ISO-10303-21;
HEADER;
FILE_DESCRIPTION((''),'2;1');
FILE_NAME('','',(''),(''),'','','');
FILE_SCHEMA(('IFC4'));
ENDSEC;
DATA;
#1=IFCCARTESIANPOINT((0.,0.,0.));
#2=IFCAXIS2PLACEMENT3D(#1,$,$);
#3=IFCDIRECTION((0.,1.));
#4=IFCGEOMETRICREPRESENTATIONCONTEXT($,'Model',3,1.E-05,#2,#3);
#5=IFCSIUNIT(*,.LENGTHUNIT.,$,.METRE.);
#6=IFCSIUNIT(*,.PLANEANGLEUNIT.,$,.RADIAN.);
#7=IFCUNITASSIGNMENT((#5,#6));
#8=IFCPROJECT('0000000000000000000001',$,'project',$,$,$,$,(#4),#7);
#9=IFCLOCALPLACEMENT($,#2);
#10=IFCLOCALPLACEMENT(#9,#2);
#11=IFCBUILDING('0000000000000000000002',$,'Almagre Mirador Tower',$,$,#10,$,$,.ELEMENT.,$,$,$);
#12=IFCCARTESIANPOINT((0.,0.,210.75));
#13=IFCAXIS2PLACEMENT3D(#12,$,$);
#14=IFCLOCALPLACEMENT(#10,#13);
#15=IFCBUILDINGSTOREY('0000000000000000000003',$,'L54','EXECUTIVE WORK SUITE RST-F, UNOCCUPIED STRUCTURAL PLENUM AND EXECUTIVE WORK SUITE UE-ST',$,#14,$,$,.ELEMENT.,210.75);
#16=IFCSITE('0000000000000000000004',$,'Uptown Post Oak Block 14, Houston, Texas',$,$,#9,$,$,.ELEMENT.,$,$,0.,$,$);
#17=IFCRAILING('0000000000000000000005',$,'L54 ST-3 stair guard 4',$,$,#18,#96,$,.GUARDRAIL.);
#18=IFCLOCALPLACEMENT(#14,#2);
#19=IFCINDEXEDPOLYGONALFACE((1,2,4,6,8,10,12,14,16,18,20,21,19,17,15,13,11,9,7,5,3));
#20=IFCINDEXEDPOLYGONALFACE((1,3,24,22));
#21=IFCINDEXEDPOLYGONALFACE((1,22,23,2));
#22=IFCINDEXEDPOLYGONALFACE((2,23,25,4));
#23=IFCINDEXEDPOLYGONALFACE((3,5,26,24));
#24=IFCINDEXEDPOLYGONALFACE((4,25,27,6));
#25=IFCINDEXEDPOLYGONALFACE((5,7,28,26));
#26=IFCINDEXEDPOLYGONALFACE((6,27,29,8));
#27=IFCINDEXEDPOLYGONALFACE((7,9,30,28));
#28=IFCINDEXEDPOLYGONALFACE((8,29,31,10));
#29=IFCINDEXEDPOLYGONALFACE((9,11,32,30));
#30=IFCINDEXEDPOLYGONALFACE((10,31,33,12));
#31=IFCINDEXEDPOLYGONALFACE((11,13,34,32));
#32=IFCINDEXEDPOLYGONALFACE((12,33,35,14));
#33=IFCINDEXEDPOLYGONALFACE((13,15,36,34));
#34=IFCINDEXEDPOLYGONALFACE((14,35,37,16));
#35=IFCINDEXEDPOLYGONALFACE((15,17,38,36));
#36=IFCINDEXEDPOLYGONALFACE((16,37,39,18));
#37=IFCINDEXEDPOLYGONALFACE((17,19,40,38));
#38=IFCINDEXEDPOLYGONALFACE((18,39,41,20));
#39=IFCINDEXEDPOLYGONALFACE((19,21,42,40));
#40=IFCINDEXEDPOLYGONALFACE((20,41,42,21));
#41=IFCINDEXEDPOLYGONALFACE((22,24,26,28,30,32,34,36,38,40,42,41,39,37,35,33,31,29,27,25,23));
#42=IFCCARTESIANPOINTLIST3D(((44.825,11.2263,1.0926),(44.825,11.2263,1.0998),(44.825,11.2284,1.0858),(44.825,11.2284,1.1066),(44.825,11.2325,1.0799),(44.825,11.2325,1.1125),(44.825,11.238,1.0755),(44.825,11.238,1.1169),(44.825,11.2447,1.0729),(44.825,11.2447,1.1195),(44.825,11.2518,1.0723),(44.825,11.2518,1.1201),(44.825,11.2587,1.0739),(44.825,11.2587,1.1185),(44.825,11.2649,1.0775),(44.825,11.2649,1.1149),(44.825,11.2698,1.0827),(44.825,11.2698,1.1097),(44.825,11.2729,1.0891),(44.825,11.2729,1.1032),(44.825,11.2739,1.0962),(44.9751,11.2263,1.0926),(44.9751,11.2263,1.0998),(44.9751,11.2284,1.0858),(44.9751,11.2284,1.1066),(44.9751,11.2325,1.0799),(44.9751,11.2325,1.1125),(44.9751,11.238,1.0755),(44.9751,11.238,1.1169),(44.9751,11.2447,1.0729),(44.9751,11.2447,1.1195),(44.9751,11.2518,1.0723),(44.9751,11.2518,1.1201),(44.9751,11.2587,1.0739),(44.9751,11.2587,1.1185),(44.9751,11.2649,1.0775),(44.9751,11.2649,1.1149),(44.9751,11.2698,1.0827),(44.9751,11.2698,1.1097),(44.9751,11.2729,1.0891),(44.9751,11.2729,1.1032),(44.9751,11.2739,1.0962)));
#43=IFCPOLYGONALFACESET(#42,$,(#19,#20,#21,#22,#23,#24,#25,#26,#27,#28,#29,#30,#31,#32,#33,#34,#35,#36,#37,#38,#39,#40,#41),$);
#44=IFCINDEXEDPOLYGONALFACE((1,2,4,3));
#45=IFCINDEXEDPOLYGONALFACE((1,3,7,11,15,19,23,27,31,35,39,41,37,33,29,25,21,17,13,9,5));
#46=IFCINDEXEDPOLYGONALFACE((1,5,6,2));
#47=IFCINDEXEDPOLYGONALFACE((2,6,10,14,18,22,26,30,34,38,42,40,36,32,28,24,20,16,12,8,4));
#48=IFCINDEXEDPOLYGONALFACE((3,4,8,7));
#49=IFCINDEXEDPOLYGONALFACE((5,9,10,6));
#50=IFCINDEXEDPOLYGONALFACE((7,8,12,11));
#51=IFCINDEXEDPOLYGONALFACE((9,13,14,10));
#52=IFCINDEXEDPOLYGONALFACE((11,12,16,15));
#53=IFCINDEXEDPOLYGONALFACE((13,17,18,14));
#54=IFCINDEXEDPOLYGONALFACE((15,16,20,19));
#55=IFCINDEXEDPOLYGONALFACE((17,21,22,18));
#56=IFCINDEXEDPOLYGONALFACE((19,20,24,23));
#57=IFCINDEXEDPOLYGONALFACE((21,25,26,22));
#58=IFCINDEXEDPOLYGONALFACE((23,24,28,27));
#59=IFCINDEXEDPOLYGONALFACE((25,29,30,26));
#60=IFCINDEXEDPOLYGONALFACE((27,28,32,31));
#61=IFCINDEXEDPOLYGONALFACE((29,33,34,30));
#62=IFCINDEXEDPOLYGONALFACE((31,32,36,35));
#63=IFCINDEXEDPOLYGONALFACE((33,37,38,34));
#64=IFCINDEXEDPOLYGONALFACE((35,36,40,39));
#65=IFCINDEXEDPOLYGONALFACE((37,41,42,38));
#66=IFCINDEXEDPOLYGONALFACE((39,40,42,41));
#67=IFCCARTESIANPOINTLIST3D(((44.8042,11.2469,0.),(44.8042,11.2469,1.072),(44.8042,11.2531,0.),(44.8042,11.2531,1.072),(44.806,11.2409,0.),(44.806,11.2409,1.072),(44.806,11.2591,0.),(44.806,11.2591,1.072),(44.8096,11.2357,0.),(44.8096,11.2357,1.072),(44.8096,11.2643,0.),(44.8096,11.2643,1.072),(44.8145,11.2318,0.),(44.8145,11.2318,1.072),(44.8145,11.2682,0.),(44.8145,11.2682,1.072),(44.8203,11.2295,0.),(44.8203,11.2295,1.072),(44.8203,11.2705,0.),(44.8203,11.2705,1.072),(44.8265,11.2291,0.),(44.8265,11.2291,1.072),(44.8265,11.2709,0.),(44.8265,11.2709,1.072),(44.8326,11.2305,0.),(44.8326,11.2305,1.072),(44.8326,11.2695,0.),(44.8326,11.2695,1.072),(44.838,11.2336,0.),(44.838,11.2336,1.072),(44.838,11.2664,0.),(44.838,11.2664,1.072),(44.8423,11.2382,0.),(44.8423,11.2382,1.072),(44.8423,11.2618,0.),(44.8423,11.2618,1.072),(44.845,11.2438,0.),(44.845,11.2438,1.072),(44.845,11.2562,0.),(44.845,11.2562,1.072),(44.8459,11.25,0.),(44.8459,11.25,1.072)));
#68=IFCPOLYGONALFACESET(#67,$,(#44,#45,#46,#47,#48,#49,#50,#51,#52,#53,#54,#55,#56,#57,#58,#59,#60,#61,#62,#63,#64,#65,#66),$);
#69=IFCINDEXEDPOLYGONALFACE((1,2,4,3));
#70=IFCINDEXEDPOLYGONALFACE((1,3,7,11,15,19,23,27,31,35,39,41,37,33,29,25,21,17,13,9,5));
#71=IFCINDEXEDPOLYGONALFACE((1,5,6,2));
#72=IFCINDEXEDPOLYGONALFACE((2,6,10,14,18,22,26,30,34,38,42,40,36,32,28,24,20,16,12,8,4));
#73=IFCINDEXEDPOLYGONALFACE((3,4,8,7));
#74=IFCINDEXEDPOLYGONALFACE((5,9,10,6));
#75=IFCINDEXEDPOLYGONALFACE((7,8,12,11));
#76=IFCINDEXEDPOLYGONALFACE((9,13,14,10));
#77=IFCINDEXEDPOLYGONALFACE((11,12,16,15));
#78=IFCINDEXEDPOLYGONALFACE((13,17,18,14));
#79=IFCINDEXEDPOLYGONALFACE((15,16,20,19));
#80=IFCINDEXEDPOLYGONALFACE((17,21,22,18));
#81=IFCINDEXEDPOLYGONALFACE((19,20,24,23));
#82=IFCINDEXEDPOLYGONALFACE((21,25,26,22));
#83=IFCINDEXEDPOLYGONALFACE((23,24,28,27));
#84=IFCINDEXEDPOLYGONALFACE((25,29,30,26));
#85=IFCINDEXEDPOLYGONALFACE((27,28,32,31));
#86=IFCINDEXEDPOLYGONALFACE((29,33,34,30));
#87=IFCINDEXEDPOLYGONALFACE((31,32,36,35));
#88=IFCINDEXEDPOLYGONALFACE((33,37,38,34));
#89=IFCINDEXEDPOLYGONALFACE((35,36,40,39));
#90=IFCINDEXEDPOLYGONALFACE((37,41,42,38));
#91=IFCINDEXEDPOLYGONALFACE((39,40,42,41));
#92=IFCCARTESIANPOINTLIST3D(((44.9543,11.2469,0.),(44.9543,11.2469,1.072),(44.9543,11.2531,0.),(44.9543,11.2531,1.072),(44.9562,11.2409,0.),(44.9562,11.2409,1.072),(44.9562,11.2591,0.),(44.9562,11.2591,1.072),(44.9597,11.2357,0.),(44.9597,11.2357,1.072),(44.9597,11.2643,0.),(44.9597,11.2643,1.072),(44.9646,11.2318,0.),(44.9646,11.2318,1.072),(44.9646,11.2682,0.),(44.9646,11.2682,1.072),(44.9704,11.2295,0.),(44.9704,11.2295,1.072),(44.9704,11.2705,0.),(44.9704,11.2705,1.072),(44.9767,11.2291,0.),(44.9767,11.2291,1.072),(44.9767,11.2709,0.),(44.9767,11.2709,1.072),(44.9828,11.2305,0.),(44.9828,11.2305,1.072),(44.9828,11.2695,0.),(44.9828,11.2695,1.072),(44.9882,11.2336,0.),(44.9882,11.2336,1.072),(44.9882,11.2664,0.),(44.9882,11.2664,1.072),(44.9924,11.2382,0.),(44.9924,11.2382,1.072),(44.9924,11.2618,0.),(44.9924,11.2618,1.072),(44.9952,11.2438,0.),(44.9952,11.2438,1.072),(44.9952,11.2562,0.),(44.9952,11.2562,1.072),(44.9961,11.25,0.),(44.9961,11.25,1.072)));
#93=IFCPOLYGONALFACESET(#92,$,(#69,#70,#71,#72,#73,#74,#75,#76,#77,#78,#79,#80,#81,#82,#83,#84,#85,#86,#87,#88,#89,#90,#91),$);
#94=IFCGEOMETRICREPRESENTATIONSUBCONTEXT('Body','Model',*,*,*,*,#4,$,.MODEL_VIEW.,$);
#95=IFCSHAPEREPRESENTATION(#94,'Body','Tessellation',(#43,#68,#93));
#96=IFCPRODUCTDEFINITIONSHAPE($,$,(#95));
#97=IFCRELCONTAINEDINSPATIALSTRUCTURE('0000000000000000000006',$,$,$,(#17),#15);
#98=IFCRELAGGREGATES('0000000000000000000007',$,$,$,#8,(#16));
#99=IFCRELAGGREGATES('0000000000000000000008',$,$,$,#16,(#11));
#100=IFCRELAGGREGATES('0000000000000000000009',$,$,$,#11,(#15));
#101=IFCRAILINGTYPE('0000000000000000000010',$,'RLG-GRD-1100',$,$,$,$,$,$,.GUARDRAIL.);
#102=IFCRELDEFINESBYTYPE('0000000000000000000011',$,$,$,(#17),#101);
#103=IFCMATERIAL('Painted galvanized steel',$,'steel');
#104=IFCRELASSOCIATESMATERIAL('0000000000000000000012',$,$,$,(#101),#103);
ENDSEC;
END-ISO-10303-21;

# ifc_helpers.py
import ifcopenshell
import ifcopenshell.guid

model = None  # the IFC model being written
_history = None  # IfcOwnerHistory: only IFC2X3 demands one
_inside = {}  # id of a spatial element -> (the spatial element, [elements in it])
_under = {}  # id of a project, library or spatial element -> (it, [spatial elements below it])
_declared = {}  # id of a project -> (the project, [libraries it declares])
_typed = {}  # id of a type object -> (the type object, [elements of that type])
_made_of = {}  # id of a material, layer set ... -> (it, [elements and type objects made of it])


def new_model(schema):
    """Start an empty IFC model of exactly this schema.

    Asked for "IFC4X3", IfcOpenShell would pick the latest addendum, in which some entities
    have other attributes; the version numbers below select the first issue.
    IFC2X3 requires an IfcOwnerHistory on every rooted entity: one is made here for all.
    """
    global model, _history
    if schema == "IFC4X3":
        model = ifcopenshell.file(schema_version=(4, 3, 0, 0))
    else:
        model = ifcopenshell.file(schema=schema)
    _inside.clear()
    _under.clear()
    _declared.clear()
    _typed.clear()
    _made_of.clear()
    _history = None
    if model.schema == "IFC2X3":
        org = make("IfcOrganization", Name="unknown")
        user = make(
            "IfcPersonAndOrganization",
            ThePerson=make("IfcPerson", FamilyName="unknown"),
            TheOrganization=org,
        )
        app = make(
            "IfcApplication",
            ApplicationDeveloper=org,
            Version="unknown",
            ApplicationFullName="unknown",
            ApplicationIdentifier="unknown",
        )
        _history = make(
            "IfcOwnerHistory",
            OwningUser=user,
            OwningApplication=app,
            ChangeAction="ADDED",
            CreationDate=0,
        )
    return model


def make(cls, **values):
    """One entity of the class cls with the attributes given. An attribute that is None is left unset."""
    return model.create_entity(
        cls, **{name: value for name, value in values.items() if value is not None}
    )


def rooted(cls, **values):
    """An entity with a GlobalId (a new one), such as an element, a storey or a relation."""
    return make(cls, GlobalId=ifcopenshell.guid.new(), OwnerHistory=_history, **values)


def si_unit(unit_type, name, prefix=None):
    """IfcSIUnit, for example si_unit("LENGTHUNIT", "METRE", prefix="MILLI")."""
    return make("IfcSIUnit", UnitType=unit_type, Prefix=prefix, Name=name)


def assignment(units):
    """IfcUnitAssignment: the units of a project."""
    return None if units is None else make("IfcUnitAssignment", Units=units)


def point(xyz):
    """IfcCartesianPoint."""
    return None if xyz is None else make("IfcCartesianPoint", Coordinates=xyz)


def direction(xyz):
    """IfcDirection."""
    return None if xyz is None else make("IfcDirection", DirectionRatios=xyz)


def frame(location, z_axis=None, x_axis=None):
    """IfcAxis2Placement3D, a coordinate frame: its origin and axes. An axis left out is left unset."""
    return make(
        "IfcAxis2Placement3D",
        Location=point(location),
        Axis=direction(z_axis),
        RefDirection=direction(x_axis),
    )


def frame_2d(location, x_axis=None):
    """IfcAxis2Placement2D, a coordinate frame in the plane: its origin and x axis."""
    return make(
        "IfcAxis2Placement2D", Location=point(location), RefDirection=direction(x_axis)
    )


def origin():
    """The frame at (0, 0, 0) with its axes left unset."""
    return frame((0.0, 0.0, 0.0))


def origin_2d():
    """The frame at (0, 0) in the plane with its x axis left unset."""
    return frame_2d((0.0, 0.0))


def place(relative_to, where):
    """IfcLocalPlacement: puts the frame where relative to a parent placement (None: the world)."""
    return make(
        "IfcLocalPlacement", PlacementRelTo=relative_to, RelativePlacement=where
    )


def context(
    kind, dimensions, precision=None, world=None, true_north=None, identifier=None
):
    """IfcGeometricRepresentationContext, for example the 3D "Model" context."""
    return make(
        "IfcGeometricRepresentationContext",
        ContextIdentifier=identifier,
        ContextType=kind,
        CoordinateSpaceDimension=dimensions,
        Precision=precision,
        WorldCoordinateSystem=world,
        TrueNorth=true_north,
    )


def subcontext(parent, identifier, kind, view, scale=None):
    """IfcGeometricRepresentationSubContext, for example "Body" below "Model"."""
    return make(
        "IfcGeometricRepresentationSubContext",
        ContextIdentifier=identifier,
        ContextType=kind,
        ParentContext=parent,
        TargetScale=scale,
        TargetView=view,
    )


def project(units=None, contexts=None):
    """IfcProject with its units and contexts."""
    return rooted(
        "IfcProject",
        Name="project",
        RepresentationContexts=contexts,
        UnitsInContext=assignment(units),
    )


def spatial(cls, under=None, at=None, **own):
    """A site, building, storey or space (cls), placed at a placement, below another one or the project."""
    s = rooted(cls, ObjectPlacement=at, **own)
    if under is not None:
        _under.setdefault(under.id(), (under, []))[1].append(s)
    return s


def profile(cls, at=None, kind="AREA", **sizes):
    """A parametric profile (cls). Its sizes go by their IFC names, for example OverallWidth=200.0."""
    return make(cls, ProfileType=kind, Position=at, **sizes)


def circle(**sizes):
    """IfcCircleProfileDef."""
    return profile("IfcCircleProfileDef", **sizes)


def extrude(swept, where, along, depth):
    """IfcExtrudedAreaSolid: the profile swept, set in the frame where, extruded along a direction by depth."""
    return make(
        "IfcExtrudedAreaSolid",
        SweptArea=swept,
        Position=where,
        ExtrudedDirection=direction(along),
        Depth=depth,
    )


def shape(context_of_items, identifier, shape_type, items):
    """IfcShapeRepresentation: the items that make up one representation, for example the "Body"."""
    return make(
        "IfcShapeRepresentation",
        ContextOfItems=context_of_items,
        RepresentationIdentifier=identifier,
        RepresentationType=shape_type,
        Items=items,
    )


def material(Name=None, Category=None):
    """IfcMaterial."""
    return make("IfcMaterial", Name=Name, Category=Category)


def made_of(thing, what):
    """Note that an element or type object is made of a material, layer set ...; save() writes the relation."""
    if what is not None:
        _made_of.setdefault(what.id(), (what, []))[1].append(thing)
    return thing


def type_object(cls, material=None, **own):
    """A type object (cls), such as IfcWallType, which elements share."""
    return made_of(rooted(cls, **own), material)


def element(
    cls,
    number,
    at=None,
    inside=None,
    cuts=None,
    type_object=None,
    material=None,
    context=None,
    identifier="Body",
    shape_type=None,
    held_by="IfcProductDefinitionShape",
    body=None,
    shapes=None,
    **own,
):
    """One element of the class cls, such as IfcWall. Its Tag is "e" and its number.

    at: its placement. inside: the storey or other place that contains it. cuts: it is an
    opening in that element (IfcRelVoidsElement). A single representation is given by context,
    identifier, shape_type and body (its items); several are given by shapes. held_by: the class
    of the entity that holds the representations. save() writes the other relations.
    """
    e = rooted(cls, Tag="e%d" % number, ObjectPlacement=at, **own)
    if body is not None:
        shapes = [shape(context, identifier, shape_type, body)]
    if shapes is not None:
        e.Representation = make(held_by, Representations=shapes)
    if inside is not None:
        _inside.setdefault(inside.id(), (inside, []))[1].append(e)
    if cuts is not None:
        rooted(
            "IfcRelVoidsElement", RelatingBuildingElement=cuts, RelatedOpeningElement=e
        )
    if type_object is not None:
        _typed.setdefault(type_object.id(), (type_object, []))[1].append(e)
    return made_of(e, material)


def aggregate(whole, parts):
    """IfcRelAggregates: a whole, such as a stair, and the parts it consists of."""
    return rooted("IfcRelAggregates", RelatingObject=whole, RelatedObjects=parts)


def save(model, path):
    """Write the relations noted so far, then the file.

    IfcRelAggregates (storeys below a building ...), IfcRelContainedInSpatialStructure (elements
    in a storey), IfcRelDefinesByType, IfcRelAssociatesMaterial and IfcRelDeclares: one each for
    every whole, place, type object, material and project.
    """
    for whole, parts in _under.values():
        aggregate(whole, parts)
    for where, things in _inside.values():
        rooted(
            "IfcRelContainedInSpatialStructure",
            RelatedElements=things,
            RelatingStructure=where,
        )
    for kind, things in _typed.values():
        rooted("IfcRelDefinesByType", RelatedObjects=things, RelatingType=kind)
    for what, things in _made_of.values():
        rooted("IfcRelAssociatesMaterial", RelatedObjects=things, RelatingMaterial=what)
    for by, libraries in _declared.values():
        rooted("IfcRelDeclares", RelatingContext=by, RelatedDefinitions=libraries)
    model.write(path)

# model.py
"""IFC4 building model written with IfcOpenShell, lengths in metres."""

from ifc_helpers import new_model, si_unit, direction, frame, origin, origin_2d, place, context, subcontext, project, spatial, circle, extrude, material, type_object, element, save


model = new_model("IFC4")

# Units and contexts
model_context = context("Model", 3, precision=1e-05, world=origin(), true_north=direction((0.0, 1.0)))
body_context = subcontext(model_context, "Body", "Model", "MODEL_VIEW")
ifc_project = project(units=[si_unit("LENGTHUNIT", "METRE"), si_unit("PLANEANGLEUNIT", "RADIAN")], contexts=[model_context])

# Site, building, storey
site_placement = place(None, origin())
site = spatial("IfcSite", under=ifc_project, at=site_placement, Name="Uptown Post Oak Block 14, Houston, Texas", CompositionType="ELEMENT", RefElevation=0.0)
building_placement = place(site_placement, origin())
building = spatial("IfcBuilding", under=site, at=building_placement, Name="Almagre Mirador Tower", CompositionType="ELEMENT")
storey_placement = place(building_placement, frame((0.0, 0.0, 210.75)))
storey = spatial("IfcBuildingStorey", under=building, at=storey_placement, Name="L54", Description="EXECUTIVE WORK SUITE RST-F, UNOCCUPIED STRUCTURAL PLENUM AND EXECUTIVE WORK SUITE UE-ST", CompositionType="ELEMENT", Elevation=210.75)

# Railing
ifc_material_1 = material(Name="Painted galvanized steel", Category="steel")
railing_type_1 = type_object("IfcRailingType", Name="RLG-GRD-1100", PredefinedType="GUARDRAIL", material=ifc_material_1)
railing_1_placement = place(storey_placement, frame((44.825, 11.25, 0.0)))
element("IfcRailing", 1, at=railing_1_placement, inside=storey, type_object=railing_type_1, Name="L54 ST-3 stair guard 4", PredefinedType="GUARDRAIL", context=body_context, shape_type="SweptSolid", body=[
    extrude(circle(Radius=0.0239, at=origin_2d()), frame((0.0, 0.0, 1.0962), z_axis=(1.0, 0.0, 0.0), x_axis=(0.0, 1.0, 0.0)), (0.0, 0.0, 1.0), 0.1501),
    extrude(circle(Radius=0.021, at=origin_2d()), origin(), (0.0, 0.0, 1.0), 1.072),
    extrude(circle(Radius=0.021, at=origin_2d()), frame((0.1501, 0.0, 0.0)), (0.0, 0.0, 1.0), 1.072),
])

save(model, "model.ifc")
